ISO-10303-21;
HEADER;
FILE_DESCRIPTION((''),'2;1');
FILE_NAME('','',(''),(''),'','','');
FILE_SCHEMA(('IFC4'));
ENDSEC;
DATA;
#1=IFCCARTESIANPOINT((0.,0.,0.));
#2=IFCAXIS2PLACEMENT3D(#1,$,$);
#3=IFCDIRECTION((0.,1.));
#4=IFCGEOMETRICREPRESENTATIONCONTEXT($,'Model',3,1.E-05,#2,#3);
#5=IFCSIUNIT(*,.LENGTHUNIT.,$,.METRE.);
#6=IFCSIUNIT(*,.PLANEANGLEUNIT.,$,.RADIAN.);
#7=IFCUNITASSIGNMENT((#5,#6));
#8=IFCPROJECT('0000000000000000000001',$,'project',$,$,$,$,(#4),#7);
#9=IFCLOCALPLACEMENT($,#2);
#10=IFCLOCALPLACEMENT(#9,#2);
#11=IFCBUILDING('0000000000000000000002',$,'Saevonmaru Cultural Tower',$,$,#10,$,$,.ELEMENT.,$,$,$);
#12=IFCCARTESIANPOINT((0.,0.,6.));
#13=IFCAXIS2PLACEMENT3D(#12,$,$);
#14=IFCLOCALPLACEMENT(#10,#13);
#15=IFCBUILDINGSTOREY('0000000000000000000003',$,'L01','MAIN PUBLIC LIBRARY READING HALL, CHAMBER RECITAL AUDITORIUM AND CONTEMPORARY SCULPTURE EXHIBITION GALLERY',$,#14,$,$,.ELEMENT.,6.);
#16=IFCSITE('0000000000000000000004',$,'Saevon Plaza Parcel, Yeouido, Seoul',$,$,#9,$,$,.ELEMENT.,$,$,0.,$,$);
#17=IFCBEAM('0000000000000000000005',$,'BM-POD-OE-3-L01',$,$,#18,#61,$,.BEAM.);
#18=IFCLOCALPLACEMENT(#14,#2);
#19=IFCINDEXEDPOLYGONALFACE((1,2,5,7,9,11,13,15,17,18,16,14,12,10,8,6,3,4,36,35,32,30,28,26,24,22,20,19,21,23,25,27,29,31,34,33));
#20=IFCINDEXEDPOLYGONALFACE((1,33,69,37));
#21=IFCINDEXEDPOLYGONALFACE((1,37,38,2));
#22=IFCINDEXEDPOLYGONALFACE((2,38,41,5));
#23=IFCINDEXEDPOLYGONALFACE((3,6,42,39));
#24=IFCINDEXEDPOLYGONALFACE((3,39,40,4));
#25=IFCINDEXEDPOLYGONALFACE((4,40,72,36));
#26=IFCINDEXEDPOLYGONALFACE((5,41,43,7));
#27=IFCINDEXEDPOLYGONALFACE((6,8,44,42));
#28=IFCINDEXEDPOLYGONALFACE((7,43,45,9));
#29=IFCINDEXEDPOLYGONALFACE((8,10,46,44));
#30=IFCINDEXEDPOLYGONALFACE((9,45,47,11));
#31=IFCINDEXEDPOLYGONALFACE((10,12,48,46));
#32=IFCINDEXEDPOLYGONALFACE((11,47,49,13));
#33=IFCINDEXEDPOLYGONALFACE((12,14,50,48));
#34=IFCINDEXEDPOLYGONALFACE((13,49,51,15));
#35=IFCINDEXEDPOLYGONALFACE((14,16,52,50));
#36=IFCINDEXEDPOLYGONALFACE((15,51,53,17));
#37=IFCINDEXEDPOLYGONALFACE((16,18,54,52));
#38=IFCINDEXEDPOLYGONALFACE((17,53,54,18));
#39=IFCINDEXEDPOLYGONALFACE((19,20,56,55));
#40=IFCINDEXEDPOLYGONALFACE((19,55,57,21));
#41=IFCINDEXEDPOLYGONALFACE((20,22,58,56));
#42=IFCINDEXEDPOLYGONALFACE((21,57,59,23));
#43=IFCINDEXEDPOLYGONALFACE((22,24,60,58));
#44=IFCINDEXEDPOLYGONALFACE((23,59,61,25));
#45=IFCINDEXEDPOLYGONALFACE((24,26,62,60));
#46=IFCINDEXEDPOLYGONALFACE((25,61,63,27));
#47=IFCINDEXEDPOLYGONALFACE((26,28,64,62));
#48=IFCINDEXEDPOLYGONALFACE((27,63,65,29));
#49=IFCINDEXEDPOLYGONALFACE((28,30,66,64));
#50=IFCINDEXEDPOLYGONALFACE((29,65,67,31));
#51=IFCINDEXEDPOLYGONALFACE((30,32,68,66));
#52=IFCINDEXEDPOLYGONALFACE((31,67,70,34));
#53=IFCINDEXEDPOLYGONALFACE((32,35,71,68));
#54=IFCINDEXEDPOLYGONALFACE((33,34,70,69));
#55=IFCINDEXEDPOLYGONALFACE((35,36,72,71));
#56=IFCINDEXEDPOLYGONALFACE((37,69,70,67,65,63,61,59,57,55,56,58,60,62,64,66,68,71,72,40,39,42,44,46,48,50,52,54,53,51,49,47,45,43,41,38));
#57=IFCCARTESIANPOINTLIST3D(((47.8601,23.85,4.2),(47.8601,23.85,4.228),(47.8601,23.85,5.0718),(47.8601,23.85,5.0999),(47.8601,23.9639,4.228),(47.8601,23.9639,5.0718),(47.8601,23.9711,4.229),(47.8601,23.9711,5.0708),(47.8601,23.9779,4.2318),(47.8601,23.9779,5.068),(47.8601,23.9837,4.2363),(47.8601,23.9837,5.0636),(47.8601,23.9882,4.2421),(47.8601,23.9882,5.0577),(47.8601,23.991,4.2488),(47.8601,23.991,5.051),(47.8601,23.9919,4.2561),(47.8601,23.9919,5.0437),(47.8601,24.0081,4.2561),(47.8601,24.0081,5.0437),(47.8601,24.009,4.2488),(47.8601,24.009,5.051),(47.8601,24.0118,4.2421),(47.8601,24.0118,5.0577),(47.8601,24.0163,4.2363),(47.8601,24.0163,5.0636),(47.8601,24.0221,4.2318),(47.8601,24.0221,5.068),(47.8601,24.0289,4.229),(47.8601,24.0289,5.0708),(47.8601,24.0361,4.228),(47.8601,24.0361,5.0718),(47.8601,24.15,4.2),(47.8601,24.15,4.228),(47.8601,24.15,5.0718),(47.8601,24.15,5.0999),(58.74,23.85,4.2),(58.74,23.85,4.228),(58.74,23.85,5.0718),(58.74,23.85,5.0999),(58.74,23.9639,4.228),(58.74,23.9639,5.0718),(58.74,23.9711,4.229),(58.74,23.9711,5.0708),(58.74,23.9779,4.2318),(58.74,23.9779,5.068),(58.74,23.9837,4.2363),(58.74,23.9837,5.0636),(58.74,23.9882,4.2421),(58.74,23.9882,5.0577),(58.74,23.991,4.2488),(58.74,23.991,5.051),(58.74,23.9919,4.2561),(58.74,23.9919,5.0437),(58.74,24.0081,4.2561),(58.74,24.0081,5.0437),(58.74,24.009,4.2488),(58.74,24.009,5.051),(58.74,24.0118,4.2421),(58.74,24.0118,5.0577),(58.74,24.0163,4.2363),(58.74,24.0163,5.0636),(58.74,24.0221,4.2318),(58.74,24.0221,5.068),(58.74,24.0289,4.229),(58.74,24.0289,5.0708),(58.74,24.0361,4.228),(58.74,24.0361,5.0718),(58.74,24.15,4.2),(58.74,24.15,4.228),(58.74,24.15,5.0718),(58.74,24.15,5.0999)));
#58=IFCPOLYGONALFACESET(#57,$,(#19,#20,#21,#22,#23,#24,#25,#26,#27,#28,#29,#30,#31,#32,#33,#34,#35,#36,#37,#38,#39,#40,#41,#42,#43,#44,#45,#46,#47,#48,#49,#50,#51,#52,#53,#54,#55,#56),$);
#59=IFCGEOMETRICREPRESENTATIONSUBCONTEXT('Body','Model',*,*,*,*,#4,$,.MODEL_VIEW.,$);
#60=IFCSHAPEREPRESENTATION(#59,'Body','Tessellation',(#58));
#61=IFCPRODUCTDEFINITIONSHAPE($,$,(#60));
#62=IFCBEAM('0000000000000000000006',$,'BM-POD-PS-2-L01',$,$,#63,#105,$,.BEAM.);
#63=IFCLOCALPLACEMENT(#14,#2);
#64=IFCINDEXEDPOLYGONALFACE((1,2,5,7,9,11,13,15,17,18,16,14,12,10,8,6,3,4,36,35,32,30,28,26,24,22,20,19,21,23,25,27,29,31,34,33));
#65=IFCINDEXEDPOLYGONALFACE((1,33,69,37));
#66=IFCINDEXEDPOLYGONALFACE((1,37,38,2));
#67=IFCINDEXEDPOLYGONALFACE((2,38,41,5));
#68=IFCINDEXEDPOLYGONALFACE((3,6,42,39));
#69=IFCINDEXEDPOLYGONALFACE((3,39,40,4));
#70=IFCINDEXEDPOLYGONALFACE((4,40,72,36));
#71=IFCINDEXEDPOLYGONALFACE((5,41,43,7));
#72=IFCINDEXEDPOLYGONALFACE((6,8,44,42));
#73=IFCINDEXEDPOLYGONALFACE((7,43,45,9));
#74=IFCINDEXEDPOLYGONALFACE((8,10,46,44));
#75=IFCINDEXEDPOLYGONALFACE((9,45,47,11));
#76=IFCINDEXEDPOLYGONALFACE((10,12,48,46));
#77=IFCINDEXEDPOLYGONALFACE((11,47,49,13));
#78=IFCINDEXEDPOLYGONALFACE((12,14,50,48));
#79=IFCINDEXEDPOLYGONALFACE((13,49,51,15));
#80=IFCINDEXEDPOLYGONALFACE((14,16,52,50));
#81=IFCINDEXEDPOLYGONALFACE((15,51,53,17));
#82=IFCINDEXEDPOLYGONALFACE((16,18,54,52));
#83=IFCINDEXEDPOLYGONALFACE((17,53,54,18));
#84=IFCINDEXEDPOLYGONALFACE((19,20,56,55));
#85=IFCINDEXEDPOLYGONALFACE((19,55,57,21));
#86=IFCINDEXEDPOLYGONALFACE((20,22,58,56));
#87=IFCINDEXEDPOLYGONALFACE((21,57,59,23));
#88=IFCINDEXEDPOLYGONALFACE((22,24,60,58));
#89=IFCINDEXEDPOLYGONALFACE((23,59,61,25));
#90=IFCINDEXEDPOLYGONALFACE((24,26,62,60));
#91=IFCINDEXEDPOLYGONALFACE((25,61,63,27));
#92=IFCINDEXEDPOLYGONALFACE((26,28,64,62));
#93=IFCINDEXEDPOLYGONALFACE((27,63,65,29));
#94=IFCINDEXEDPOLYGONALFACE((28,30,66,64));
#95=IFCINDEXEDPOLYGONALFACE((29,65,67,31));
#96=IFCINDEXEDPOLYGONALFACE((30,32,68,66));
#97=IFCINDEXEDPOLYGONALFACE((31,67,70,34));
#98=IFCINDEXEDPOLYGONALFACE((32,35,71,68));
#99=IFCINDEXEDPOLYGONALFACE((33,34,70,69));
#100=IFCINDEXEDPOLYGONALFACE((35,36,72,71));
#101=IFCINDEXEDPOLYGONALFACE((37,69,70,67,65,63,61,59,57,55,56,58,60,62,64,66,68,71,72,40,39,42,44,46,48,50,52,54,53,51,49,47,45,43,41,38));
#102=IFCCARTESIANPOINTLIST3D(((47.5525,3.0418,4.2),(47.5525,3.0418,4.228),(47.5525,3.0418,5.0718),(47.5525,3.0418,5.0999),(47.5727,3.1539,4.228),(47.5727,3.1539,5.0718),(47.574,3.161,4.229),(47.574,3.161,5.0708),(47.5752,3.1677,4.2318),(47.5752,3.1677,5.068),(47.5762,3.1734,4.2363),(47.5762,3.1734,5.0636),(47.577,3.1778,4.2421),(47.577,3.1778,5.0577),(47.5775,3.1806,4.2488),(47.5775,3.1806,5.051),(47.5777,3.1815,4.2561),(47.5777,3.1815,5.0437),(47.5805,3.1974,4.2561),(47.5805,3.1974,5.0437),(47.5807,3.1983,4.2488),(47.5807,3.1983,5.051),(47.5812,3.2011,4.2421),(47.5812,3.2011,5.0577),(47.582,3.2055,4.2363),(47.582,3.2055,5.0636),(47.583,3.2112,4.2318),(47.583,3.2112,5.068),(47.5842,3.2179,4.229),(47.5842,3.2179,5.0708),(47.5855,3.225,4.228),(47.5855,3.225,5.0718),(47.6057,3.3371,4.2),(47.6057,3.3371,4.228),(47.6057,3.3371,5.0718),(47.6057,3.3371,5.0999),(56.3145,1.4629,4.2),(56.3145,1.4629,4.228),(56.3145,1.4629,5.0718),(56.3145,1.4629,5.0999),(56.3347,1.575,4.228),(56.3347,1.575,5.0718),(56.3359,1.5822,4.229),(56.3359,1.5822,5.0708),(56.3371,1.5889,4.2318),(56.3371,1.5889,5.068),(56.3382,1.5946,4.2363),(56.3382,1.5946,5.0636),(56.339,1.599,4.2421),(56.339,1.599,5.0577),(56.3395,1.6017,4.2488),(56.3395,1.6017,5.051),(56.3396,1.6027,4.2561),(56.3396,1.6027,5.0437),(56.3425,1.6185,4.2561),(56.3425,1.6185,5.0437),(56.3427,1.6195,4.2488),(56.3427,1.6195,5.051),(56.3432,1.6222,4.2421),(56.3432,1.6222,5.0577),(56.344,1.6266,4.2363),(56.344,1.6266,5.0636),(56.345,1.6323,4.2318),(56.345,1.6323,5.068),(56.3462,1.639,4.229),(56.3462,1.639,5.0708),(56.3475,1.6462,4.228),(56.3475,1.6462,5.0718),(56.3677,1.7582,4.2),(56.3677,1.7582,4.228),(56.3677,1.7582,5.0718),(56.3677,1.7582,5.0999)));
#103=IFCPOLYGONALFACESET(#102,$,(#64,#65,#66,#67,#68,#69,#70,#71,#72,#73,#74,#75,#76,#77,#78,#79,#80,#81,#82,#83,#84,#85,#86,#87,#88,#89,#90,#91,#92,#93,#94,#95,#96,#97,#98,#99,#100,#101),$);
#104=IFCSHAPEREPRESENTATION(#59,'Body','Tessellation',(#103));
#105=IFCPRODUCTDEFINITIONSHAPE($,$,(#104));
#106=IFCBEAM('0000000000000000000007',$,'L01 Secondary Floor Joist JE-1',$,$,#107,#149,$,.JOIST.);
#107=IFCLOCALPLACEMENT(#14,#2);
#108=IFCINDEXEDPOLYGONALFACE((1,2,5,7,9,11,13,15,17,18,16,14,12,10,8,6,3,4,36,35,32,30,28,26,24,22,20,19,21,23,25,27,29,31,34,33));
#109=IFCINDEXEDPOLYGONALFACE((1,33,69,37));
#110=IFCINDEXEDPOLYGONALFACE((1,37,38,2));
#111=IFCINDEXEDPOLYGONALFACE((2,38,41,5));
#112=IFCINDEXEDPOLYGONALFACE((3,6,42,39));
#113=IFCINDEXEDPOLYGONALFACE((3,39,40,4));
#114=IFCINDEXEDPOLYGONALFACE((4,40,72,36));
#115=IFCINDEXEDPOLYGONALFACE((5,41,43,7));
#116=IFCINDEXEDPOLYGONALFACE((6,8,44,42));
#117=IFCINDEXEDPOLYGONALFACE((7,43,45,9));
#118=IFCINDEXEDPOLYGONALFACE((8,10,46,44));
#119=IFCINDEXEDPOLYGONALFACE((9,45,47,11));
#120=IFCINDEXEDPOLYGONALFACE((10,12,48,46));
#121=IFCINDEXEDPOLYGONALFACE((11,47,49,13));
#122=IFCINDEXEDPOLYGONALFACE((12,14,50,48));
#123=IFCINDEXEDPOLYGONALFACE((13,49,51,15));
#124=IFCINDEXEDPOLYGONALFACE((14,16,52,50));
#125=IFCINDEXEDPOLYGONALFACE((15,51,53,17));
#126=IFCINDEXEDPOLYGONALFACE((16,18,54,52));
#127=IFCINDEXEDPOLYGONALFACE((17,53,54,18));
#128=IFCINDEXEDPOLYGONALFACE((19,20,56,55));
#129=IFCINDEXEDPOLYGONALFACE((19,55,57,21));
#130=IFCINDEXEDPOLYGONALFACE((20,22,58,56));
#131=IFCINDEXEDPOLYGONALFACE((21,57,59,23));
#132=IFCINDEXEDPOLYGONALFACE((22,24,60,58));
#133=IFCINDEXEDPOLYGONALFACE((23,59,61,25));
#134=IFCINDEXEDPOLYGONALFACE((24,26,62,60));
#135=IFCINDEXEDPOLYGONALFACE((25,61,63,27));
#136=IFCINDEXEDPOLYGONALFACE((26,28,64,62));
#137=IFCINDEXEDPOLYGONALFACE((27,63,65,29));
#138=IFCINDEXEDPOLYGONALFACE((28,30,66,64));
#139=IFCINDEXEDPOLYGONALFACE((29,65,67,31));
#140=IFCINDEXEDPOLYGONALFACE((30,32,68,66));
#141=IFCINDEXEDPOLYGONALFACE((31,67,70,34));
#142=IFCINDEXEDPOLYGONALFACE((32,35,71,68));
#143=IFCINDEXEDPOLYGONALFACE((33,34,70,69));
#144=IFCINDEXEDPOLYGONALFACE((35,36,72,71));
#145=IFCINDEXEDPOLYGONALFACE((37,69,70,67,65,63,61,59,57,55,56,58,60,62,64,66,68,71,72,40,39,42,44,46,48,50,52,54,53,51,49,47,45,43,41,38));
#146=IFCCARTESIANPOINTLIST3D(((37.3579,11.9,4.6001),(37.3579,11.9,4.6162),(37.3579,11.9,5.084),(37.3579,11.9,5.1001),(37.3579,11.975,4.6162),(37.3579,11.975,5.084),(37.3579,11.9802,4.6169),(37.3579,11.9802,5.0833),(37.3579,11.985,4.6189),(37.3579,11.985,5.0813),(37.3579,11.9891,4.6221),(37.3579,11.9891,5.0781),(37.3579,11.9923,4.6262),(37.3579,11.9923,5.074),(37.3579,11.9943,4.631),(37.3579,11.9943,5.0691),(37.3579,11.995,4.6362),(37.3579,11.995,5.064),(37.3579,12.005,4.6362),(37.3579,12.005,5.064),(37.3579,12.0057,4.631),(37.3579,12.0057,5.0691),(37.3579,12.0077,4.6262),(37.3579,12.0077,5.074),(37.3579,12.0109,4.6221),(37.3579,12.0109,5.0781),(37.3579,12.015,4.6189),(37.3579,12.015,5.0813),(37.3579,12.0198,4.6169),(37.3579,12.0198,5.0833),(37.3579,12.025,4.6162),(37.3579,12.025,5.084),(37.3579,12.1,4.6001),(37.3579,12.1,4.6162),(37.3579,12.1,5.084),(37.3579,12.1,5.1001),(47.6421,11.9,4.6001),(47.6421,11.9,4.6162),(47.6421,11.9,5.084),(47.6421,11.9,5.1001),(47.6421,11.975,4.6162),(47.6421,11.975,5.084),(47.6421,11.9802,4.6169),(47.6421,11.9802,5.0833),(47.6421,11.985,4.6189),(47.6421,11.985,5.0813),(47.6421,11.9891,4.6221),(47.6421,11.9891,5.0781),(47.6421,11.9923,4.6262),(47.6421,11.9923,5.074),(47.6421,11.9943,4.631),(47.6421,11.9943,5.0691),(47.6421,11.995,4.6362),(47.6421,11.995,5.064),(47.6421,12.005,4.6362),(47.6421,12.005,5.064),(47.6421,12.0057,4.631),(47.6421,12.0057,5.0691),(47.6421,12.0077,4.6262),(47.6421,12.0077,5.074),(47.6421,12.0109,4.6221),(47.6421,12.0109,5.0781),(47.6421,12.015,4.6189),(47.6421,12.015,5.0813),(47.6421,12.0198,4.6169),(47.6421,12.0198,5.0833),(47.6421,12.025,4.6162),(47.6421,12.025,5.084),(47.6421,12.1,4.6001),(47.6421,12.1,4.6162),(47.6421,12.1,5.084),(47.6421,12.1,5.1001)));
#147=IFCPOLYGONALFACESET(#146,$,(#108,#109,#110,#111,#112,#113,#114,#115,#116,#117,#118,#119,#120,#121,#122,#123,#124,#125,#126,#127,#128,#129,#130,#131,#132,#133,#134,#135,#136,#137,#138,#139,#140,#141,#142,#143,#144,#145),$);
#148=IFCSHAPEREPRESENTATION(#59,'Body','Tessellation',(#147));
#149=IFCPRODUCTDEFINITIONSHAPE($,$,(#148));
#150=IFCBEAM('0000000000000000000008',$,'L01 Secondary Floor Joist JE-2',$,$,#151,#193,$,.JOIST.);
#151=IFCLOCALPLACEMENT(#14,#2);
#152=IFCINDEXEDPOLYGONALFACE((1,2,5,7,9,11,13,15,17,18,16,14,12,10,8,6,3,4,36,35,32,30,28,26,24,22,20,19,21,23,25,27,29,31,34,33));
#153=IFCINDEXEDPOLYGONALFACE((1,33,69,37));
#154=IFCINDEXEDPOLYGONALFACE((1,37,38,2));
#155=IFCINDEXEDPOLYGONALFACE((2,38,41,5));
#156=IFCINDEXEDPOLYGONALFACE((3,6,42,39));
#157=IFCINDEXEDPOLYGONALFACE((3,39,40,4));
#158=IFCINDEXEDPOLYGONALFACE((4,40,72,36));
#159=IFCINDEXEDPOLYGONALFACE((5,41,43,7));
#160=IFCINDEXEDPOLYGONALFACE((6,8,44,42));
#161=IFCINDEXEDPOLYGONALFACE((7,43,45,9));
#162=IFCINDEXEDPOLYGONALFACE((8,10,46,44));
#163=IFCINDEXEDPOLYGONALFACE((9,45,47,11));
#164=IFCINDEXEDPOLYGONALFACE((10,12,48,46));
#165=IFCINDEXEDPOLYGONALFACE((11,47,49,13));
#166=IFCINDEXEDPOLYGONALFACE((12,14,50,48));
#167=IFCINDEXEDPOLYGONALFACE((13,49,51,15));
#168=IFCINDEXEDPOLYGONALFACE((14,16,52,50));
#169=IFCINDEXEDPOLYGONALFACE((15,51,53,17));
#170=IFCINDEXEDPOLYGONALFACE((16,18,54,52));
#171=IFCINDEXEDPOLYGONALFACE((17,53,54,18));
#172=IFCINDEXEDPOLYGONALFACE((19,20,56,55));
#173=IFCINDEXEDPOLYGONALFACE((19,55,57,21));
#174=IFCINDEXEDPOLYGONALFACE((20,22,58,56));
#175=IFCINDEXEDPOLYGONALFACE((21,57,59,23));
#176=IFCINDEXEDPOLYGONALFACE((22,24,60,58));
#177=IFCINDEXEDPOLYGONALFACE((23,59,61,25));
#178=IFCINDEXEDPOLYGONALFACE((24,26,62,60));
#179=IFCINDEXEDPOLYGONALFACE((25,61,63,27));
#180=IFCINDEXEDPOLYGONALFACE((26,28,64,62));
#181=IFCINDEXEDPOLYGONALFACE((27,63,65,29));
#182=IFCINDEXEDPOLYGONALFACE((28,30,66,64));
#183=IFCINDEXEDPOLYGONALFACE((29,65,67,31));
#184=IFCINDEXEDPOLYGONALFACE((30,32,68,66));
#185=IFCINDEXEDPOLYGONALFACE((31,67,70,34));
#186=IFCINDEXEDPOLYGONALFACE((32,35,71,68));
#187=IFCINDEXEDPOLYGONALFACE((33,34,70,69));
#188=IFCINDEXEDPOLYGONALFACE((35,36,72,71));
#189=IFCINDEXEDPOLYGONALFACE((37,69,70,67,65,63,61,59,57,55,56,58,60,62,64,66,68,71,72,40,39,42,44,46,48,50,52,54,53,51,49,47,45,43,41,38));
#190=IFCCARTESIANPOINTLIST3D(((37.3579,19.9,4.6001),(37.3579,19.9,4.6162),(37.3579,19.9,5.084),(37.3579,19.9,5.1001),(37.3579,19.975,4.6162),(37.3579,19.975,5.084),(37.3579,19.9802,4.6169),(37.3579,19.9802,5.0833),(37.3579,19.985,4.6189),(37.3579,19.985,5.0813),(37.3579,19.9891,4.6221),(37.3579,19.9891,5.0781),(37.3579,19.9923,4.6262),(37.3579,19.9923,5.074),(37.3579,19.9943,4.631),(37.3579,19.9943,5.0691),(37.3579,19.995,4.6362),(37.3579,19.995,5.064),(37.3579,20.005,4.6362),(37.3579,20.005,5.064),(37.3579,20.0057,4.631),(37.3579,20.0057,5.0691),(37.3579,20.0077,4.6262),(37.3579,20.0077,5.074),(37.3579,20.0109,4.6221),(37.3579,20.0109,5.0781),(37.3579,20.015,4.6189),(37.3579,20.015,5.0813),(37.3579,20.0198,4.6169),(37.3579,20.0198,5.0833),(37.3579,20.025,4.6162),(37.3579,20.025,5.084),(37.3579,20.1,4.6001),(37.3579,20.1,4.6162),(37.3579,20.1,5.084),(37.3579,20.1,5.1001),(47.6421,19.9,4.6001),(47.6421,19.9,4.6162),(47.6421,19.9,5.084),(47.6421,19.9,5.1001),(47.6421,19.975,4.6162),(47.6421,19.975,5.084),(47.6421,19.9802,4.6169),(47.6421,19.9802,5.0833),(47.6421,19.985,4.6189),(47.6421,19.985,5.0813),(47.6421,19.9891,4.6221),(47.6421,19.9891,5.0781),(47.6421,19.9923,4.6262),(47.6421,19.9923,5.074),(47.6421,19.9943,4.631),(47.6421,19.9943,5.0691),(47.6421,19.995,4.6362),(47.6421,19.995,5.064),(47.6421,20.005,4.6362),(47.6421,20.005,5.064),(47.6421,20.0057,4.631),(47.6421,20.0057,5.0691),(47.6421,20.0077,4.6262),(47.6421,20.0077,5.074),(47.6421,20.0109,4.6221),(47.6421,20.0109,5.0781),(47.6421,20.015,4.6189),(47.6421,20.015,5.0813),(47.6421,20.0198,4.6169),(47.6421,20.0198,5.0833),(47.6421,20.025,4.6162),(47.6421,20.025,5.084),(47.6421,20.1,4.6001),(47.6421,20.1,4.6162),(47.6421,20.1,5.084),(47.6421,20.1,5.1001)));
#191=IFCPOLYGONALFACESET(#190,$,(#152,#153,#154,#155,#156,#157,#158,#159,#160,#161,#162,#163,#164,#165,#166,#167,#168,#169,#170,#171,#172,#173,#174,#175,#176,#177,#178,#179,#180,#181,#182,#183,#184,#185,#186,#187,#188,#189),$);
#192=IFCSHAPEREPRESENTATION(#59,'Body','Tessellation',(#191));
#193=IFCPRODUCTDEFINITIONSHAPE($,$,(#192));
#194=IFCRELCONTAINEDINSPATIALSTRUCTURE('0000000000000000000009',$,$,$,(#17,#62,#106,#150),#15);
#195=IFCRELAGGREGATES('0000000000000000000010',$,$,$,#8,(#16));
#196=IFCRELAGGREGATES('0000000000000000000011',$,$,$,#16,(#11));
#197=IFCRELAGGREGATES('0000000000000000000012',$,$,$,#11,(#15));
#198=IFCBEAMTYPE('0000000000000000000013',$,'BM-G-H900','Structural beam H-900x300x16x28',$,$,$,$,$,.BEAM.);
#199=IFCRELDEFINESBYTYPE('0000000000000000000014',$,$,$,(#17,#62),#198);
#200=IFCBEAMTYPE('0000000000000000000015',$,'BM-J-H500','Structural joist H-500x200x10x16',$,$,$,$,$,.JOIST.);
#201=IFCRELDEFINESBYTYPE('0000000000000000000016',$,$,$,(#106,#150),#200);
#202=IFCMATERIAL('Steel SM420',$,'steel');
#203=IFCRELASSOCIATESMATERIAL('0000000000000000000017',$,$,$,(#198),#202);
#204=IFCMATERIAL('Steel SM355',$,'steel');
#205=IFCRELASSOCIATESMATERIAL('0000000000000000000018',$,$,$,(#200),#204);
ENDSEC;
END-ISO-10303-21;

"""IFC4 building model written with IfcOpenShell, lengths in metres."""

from ifc_helpers import new_model, si_unit, direction, frame, origin, origin_2d, place, context, subcontext, project, spatial, i_section, extrude, material, material_profile, profile_set, type_object, element, save


model = new_model("IFC4")

# Units and contexts
model_context = context("Model", 3, precision=1e-05, world=origin(), true_north=direction((0.0, 1.0)))
body_context = subcontext(model_context, "Body", "Model", "MODEL_VIEW")
ifc_project = project(units=[si_unit("LENGTHUNIT", "METRE"), si_unit("PLANEANGLEUNIT", "RADIAN")], contexts=[model_context])

# Site, building, storey
site_placement = place(None, origin())
site = spatial("IfcSite", under=ifc_project, at=site_placement, Name="Saevon Plaza Parcel, Yeouido, Seoul", CompositionType="ELEMENT", RefElevation=0.0)
building_placement = place(site_placement, origin())
building = spatial("IfcBuilding", under=site, at=building_placement, Name="Saevonmaru Cultural Tower", CompositionType="ELEMENT")
storey_placement = place(building_placement, frame((0.0, 0.0, 6.0)))
storey = spatial("IfcBuildingStorey", under=building, at=storey_placement, Name="L01", Description="MAIN PUBLIC LIBRARY READING HALL, CHAMBER RECITAL AUDITORIUM AND CONTEMPORARY SCULPTURE EXHIBITION GALLERY", CompositionType="ELEMENT", Elevation=6.0)

# Beams
ifc_material_1 = material(Name="Steel SM420", Category="steel")
ifc_material_profile_1 = material_profile(ifc_material_1, i_section(OverallWidth=0.3, OverallDepth=0.8999, WebThickness=0.0161, FlangeThickness=0.0281, FilletRadius=0.0281, at=origin_2d()), Name="H-900x300x16x28")
ifc_profile_set_1 = profile_set([ifc_material_profile_1], Name="Steel SM420")
beam_type_1 = type_object("IfcBeamType", Name="BM-G-H900", Description="Structural beam H-900x300x16x28", PredefinedType="BEAM", material=ifc_profile_set_1)
for number, where, z_axis, x_axis, name in (
    (1, (47.8601, 24.0, 4.6499), (1.0, 0.0, 0.0), (0.0, 1.0, 0.0), "BM-POD-OE-3-L01"),
):
    element("IfcBeam", number, at=place(storey_placement, frame(where, z_axis=z_axis, x_axis=x_axis)), inside=storey, type_object=beam_type_1, Name=name, PredefinedType="BEAM", context=body_context, shape_type="SweptSolid", body=[
        extrude(i_section(OverallWidth=0.3, OverallDepth=0.8999, WebThickness=0.0161, FlangeThickness=0.0281, FilletRadius=0.0281, at=origin_2d()), origin(), (0.0, 0.0, 1.0), 10.8799),
    ])
beam_1_placement = place(storey_placement, frame((47.5791, 3.1895, 4.6499), z_axis=(0.98415, -0.177338, 0.0), x_axis=(0.177338, 0.98415, 0.0)))
element("IfcBeam", 2, at=beam_1_placement, inside=storey, type_object=beam_type_1, Name="BM-POD-PS-2-L01", PredefinedType="BEAM", context=body_context, shape_type="SweptSolid", body=[
    extrude(i_section(OverallWidth=0.3, OverallDepth=0.8999, WebThickness=0.0161, FlangeThickness=0.0281, FilletRadius=0.0281, at=origin_2d()), origin(), (0.0, 0.0, 1.0), 8.9031),
])
ifc_material_2 = material(Name="Steel SM355", Category="steel")
ifc_material_profile_2 = material_profile(ifc_material_2, i_section(OverallWidth=0.2, OverallDepth=0.5, WebThickness=0.01, FlangeThickness=0.0161, FilletRadius=0.02, at=origin_2d()), Name="H-500x200x10x16")
ifc_profile_set_2 = profile_set([ifc_material_profile_2], Name="Steel SM355")
beam_type_2 = type_object("IfcBeamType", Name="BM-J-H500", Description="Structural joist H-500x200x10x16", PredefinedType="JOIST", material=ifc_profile_set_2)
for number, where, z_axis, x_axis, name in (
    (3, (37.3579, 12.0, 4.8501), (1.0, 0.0, 0.0), (0.0, 1.0, 0.0), "L01 Secondary Floor Joist JE-1"),
    (4, (37.3579, 20.0, 4.8501), (1.0, 0.0, 0.0), (0.0, 1.0, 0.0), "L01 Secondary Floor Joist JE-2"),
):
    element("IfcBeam", number, at=place(storey_placement, frame(where, z_axis=z_axis, x_axis=x_axis)), inside=storey, type_object=beam_type_2, Name=name, PredefinedType="JOIST", context=body_context, shape_type="SweptSolid", body=[
        extrude(i_section(OverallWidth=0.2, OverallDepth=0.5, WebThickness=0.01, FlangeThickness=0.0161, FilletRadius=0.02, at=origin_2d()), origin(), (0.0, 0.0, 1.0), 10.2842),
    ])

save(model, "model.ifc")
